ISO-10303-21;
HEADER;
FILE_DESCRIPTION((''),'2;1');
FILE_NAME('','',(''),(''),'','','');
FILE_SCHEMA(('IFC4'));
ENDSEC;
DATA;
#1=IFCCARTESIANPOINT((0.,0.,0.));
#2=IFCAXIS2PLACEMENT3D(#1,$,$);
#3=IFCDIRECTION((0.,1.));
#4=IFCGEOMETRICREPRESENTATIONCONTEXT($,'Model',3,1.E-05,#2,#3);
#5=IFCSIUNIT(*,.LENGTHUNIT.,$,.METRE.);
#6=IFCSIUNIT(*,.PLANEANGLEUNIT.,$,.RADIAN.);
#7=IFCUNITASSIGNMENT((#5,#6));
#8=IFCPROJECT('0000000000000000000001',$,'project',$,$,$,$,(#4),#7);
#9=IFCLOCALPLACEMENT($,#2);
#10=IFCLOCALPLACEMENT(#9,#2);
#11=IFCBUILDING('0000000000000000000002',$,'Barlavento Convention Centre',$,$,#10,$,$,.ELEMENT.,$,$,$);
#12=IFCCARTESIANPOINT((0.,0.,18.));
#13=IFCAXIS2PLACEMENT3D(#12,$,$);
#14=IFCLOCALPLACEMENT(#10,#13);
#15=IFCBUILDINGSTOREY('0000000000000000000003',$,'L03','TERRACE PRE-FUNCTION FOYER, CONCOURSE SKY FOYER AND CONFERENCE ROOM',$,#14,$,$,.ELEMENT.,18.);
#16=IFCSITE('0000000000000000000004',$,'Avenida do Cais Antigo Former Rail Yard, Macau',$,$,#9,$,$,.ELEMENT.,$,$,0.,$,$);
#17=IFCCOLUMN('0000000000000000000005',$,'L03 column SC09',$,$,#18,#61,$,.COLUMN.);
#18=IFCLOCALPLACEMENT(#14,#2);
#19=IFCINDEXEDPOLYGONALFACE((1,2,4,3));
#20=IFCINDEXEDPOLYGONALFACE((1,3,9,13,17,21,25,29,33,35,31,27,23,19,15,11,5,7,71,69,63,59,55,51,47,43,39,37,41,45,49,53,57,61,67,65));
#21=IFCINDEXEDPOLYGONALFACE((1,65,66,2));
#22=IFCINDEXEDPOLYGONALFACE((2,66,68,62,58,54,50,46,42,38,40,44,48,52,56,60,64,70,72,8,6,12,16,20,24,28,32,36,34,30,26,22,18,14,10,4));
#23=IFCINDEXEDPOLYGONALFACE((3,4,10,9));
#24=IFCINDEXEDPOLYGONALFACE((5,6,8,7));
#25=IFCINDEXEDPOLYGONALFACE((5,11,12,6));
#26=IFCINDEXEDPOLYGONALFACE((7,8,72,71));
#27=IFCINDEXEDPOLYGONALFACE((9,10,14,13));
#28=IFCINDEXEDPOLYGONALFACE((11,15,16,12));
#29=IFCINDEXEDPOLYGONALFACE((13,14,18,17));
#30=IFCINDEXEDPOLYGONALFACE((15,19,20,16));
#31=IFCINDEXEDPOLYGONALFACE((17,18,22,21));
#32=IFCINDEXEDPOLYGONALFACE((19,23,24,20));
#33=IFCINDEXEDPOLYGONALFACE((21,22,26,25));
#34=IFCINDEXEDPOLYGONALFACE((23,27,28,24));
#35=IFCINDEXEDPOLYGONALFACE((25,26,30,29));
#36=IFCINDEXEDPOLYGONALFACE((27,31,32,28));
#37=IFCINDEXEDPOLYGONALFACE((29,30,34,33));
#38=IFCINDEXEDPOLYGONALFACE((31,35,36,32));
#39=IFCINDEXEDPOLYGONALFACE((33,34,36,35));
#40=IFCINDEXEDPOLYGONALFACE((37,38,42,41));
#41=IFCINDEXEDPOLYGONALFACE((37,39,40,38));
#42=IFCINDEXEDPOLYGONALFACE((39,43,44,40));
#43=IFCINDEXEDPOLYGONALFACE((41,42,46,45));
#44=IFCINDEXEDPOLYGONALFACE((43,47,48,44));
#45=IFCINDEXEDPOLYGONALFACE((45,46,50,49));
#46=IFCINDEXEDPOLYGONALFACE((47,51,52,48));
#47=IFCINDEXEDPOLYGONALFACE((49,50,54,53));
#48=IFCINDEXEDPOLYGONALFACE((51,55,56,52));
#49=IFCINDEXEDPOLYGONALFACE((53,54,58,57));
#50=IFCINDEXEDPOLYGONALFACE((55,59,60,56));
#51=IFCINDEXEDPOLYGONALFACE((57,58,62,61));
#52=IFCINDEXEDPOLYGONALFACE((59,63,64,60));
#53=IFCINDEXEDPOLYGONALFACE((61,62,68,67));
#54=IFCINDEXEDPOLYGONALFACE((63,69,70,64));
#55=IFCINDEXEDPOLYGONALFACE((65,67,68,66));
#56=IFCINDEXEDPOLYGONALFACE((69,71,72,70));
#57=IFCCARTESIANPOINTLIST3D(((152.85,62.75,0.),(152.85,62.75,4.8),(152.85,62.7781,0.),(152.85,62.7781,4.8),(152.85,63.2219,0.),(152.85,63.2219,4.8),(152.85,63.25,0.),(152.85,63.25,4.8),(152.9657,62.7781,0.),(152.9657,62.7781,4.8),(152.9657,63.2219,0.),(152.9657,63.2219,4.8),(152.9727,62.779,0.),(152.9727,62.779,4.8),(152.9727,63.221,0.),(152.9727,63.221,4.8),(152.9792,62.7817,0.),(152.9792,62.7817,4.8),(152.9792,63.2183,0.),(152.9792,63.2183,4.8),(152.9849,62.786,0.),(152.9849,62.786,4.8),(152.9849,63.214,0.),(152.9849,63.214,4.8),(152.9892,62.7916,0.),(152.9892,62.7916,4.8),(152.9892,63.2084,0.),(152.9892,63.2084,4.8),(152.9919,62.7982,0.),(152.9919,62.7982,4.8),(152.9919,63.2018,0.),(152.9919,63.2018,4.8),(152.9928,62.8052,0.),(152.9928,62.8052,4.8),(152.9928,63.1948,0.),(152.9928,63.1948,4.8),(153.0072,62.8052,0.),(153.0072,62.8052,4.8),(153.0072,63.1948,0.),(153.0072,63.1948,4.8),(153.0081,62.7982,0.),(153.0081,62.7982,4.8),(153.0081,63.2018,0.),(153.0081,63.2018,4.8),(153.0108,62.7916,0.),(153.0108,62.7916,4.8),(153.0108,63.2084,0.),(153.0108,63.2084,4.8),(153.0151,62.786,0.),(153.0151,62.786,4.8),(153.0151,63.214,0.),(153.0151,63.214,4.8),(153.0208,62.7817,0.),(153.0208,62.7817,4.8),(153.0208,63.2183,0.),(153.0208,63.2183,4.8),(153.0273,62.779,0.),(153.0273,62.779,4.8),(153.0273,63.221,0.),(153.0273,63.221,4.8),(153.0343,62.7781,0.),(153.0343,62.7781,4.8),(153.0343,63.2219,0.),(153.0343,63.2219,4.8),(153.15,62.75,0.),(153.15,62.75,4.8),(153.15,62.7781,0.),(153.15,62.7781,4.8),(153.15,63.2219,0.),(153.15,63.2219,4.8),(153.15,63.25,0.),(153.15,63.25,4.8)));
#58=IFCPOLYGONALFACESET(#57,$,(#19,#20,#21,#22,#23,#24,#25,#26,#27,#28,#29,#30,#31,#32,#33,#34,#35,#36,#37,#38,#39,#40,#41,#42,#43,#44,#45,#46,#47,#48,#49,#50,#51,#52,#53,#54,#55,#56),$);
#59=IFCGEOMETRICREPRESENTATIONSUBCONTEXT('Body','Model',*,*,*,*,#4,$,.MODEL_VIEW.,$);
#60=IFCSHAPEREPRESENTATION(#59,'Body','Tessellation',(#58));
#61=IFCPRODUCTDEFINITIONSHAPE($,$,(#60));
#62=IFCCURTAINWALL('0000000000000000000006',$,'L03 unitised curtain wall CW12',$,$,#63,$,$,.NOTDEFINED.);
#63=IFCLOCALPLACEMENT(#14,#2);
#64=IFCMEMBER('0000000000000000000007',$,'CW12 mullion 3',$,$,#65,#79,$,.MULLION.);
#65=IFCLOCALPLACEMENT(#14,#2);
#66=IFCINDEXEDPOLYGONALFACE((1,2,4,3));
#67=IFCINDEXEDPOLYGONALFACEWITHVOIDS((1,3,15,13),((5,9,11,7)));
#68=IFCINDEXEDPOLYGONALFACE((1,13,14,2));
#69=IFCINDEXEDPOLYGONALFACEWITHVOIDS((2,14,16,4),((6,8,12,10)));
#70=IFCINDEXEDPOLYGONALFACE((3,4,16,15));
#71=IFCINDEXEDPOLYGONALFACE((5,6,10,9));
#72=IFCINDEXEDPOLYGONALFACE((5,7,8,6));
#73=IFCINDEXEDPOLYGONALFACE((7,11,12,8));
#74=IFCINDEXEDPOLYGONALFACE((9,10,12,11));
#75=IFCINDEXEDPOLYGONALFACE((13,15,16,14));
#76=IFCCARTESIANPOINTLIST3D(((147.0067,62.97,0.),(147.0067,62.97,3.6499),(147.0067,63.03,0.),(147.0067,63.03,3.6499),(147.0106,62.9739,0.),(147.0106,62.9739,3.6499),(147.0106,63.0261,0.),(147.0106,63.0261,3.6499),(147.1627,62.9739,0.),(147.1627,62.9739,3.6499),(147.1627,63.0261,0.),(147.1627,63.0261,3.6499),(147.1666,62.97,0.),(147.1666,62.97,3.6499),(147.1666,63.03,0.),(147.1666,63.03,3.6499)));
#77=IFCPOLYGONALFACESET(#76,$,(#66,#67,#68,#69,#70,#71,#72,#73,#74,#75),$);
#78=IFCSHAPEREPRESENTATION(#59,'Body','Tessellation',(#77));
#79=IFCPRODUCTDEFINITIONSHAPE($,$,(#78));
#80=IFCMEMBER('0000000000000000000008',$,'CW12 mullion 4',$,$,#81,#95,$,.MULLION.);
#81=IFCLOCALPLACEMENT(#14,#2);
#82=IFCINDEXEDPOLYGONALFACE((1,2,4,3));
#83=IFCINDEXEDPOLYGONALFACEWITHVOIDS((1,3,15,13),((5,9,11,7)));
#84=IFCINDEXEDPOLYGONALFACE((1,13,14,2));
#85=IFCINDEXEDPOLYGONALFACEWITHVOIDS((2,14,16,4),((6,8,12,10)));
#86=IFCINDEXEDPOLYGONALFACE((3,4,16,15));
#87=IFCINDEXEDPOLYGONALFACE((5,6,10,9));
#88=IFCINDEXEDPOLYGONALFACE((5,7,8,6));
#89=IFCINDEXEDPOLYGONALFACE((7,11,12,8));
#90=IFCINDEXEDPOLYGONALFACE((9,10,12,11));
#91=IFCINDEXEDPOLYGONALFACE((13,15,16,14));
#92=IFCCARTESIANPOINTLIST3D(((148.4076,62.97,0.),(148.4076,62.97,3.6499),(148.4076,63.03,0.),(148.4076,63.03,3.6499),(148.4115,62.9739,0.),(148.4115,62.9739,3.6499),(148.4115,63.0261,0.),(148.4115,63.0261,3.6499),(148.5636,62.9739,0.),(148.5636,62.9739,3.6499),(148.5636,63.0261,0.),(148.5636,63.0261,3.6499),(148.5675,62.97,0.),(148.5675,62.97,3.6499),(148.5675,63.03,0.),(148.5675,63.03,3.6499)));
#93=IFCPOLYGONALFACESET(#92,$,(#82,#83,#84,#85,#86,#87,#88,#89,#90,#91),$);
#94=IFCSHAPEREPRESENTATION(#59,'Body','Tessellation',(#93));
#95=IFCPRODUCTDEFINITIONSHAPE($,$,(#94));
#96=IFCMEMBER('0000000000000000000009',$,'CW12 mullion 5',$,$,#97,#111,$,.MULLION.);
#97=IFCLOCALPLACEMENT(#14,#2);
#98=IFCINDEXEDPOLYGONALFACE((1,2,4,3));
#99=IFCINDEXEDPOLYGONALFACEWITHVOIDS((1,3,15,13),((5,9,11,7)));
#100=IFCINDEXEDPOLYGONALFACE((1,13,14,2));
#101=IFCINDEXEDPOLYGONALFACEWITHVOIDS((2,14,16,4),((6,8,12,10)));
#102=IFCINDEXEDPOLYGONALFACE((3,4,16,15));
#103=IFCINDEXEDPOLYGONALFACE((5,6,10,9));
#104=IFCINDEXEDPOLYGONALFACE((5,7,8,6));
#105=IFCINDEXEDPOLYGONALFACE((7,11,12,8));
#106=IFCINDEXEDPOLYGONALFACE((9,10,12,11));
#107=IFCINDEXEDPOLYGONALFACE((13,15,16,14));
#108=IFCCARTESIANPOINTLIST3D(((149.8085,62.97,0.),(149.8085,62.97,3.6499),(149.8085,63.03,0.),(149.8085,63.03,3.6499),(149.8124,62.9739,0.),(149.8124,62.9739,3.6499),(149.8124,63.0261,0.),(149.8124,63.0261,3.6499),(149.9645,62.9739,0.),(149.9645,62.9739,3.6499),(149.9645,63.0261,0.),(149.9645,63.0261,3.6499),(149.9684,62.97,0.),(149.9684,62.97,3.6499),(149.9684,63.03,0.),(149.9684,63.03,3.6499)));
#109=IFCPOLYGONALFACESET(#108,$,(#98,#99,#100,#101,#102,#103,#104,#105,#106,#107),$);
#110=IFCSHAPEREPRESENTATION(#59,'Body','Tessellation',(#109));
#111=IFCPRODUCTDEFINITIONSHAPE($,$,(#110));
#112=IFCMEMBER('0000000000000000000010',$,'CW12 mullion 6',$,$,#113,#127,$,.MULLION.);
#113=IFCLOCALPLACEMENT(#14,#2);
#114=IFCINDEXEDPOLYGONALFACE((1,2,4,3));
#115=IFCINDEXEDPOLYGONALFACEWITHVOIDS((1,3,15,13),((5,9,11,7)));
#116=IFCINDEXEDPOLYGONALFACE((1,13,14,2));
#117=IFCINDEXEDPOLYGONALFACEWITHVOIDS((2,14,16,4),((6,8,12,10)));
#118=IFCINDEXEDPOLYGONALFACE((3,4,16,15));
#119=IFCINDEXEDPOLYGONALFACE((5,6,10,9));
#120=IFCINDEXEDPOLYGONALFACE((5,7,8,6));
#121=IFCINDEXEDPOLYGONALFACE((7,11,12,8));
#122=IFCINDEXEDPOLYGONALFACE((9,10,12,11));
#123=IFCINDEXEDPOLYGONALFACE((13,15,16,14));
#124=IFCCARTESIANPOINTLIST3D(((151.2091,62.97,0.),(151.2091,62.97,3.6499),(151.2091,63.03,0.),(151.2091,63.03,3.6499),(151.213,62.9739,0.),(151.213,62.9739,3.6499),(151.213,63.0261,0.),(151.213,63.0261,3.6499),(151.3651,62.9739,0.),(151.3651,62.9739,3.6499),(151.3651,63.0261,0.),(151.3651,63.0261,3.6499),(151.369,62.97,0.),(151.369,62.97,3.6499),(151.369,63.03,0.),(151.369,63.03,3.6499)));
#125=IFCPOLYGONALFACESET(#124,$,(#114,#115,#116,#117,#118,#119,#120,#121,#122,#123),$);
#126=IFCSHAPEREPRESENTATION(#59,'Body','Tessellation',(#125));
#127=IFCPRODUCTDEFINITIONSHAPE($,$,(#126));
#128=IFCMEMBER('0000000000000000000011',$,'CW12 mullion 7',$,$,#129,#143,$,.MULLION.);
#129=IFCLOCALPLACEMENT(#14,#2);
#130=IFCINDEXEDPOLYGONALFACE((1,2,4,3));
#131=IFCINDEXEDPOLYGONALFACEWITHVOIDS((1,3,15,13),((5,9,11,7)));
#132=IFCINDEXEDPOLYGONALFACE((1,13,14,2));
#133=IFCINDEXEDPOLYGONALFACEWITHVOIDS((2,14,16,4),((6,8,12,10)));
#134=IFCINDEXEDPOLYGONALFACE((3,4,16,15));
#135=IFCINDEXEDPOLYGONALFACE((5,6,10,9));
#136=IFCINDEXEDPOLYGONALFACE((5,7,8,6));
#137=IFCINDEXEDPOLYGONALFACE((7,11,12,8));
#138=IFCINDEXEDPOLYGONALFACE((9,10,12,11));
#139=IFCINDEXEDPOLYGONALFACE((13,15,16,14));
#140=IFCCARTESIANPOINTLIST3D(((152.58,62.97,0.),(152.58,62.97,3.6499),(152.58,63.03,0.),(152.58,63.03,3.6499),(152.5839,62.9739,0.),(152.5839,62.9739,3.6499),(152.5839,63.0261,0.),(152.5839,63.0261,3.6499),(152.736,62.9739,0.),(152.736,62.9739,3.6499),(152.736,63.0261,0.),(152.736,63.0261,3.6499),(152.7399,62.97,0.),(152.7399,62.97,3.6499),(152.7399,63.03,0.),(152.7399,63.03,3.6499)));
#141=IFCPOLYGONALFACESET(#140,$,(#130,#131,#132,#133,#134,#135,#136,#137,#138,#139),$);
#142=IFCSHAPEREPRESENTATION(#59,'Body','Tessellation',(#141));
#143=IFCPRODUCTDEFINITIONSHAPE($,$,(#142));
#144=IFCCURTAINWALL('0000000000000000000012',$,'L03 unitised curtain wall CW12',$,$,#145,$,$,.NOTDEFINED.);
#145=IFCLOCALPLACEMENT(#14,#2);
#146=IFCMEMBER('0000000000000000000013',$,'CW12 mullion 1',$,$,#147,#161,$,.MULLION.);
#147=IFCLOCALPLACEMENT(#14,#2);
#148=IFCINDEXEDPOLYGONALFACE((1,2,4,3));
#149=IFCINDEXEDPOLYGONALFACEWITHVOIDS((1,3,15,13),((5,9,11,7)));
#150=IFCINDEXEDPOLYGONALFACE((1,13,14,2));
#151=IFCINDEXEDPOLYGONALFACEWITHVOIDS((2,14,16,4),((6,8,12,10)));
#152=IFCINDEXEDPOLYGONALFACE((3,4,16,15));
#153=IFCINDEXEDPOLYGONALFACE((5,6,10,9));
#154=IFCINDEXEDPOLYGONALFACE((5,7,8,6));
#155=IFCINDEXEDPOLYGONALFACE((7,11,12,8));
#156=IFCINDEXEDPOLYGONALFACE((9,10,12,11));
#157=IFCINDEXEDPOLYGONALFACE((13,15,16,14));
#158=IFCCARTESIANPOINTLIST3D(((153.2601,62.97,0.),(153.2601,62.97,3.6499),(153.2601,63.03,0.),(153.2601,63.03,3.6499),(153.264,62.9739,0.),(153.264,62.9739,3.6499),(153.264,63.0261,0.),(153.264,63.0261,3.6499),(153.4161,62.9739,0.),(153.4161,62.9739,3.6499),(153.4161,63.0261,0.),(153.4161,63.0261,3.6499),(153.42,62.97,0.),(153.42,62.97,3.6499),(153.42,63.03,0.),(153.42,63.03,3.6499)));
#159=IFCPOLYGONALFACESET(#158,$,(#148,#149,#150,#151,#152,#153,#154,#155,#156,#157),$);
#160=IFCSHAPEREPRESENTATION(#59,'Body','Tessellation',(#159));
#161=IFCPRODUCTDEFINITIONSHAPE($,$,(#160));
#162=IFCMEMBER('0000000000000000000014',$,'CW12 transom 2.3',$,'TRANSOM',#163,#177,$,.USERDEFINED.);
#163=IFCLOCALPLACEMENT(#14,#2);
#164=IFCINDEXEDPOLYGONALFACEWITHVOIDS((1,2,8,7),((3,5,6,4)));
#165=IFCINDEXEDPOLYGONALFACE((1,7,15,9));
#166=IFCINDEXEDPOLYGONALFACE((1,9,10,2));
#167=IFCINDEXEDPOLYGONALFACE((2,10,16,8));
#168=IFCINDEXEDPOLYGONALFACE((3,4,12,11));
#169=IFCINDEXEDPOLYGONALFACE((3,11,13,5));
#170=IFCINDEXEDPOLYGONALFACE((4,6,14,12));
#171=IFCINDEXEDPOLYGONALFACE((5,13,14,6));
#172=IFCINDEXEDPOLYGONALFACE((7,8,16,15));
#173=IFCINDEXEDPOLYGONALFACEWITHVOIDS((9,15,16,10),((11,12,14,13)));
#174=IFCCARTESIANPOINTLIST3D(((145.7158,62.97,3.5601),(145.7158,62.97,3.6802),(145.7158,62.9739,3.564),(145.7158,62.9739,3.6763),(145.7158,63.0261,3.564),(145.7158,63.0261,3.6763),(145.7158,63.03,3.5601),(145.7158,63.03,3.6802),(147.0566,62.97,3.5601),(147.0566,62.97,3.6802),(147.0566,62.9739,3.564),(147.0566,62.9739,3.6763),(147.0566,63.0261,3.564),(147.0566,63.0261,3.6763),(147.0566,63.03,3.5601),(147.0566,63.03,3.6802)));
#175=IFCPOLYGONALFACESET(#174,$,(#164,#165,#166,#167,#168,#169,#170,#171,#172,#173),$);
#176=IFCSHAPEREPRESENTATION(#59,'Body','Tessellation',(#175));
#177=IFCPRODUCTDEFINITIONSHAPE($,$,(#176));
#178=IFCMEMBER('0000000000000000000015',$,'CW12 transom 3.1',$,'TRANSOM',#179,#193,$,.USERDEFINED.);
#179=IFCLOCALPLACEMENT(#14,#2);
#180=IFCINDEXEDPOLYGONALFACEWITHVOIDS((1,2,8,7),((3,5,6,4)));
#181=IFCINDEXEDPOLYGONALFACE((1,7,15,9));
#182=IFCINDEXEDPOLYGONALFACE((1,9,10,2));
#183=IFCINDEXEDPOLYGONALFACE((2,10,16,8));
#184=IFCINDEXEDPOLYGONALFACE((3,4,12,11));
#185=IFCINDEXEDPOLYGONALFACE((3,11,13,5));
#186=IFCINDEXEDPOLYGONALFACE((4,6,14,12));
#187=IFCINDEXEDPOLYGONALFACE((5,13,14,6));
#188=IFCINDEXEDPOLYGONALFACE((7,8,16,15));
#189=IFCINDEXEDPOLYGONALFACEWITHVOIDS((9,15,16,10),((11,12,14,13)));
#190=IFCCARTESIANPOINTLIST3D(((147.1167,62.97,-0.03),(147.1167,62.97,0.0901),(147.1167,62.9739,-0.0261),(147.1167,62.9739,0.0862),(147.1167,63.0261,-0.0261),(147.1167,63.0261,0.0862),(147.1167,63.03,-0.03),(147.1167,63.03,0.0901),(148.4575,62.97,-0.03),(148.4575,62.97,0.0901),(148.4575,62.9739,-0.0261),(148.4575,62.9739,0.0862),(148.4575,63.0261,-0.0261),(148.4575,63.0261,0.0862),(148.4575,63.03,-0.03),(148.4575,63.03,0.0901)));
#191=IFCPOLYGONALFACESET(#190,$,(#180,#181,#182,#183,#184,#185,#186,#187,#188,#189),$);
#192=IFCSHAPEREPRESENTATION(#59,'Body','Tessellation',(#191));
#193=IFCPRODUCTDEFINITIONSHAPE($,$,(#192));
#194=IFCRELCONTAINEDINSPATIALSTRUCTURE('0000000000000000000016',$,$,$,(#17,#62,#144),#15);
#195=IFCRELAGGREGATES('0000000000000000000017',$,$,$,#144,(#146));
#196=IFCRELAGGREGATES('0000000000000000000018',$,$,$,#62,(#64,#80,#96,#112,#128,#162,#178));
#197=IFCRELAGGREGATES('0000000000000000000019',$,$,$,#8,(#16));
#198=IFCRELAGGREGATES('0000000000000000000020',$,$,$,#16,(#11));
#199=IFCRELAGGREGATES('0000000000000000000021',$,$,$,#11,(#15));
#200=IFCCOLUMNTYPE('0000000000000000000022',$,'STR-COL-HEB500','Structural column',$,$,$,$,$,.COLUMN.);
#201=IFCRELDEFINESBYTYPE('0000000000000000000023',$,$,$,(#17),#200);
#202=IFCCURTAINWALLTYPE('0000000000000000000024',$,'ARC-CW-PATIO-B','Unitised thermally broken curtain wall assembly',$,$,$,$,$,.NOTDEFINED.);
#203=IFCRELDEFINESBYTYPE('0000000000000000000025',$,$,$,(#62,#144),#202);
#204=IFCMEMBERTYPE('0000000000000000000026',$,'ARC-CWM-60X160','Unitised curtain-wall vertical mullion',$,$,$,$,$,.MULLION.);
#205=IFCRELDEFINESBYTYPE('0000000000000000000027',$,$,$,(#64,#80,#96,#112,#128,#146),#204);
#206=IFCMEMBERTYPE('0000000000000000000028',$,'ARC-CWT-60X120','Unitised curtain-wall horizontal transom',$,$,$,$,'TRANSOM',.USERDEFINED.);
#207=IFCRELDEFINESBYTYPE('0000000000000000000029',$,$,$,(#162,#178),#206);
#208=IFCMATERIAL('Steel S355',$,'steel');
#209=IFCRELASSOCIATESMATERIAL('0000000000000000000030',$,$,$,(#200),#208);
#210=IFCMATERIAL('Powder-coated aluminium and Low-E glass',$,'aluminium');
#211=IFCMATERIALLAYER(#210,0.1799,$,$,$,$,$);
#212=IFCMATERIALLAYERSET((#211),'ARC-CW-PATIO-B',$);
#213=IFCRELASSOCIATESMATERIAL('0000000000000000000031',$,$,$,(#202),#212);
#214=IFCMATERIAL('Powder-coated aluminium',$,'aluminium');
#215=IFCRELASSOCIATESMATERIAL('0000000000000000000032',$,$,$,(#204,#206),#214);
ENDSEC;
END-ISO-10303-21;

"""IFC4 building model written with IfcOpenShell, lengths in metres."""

from ifc_helpers import new_model, si_unit, direction, frame, origin, origin_2d, place, context, subcontext, project, spatial, hollow_rectangle, i_section, extrude, material, layer, layer_set, material_profile, profile_set, type_object, element, aggregate, save


model = new_model("IFC4")

# Units and contexts
model_context = context("Model", 3, precision=1e-05, world=origin(), true_north=direction((0.0, 1.0)))
body_context = subcontext(model_context, "Body", "Model", "MODEL_VIEW")
ifc_project = project(units=[si_unit("LENGTHUNIT", "METRE"), si_unit("PLANEANGLEUNIT", "RADIAN")], contexts=[model_context])

# Site, building, storey
site_placement = place(None, origin())
site = spatial("IfcSite", under=ifc_project, at=site_placement, Name="Avenida do Cais Antigo Former Rail Yard, Macau", CompositionType="ELEMENT", RefElevation=0.0)
building_placement = place(site_placement, origin())
building = spatial("IfcBuilding", under=site, at=building_placement, Name="Barlavento Convention Centre", CompositionType="ELEMENT")
storey_placement = place(building_placement, frame((0.0, 0.0, 18.0)))
storey = spatial("IfcBuildingStorey", under=building, at=storey_placement, Name="L03", Description="TERRACE PRE-FUNCTION FOYER, CONCOURSE SKY FOYER AND CONFERENCE ROOM", CompositionType="ELEMENT", Elevation=18.0)

# Column
ifc_material_1 = material(Name="Steel S355", Category="steel")
ifc_material_profile_1 = material_profile(ifc_material_1, i_section(OverallWidth=0.3, OverallDepth=0.5, WebThickness=0.0144, FlangeThickness=0.0281, FilletRadius=0.0271, at=origin_2d()), Name="HEB 500")
ifc_profile_set_1 = profile_set([ifc_material_profile_1], Name="Steel S355")
column_type = type_object("IfcColumnType", Name="STR-COL-HEB500", Description="Structural column", PredefinedType="COLUMN", material=ifc_profile_set_1)
column_placement = place(storey_placement, frame((153.0, 63.0, 0.0), z_axis=(0.0, 0.0, 1.0), x_axis=(1.0, 0.0, 0.0)))
element("IfcColumn", 1, at=column_placement, inside=storey, type_object=column_type, Name="L03 column SC09", PredefinedType="COLUMN", context=body_context, shape_type="SweptSolid", body=[
    extrude(i_section(OverallWidth=0.3, OverallDepth=0.5, WebThickness=0.0144, FlangeThickness=0.0281, FilletRadius=0.0271, at=origin_2d()), origin(), (0.0, 0.0, 1.0), 4.8),
])

# Curtain wall, members
ifc_material_2 = material(Name="Powder-coated aluminium and Low-E glass", Category="aluminium")
ifc_layer_1 = layer(ifc_material_2, 0.1799)
ifc_layer_set_1 = layer_set([ifc_layer_1], Name="ARC-CW-PATIO-B")
curtain_wall_type = type_object("IfcCurtainWallType", Name="ARC-CW-PATIO-B", Description="Unitised thermally broken curtain wall assembly", PredefinedType="NOTDEFINED", material=ifc_layer_set_1)
curtain_wall_1_placement = place(storey_placement, origin())
curtain_wall_1 = element("IfcCurtainWall", 2, at=curtain_wall_1_placement, inside=storey, type_object=curtain_wall_type, Name="L03 unitised curtain wall CW12", PredefinedType="NOTDEFINED")
ifc_material_3 = material(Name="Powder-coated aluminium", Category="aluminium")
ifc_material_profile_2 = material_profile(ifc_material_3, hollow_rectangle(XDim=0.0601, YDim=0.1599, WallThickness=0.0039, at=origin_2d()), Name="AL-MULL 60x160x4")
ifc_profile_set_2 = profile_set([ifc_material_profile_2], Name="Powder-coated aluminium")
member_type_1 = type_object("IfcMemberType", Name="ARC-CWM-60X160", Description="Unitised curtain-wall vertical mullion", PredefinedType="MULLION", material=ifc_profile_set_2)
member_1_placement = place(storey_placement, frame((147.0867, 63.0, 0.0), z_axis=(0.0, 0.0, 1.0), x_axis=(0.0, 1.0, 0.0)))
member_1 = element("IfcMember", 3, at=member_1_placement, type_object=member_type_1, Name="CW12 mullion 3", PredefinedType="MULLION", context=body_context, shape_type="SweptSolid", body=[
    extrude(hollow_rectangle(XDim=0.0601, YDim=0.1599, WallThickness=0.0039, at=origin_2d()), origin(), (0.0, 0.0, 1.0), 3.6499),
])
member_2_placement = place(storey_placement, frame((148.4875, 63.0, 0.0), z_axis=(0.0, 0.0, 1.0), x_axis=(0.0, 1.0, 0.0)))
member_2 = element("IfcMember", 4, at=member_2_placement, type_object=member_type_1, Name="CW12 mullion 4", PredefinedType="MULLION", context=body_context, shape_type="SweptSolid", body=[
    extrude(hollow_rectangle(XDim=0.0601, YDim=0.1599, WallThickness=0.0039, at=origin_2d()), origin(), (0.0, 0.0, 1.0), 3.6499),
])
member_3_placement = place(storey_placement, frame((149.8884, 63.0, 0.0), z_axis=(0.0, 0.0, 1.0), x_axis=(0.0, 1.0, 0.0)))
member_3 = element("IfcMember", 5, at=member_3_placement, type_object=member_type_1, Name="CW12 mullion 5", PredefinedType="MULLION", context=body_context, shape_type="SweptSolid", body=[
    extrude(hollow_rectangle(XDim=0.0601, YDim=0.1599, WallThickness=0.0039, at=origin_2d()), origin(), (0.0, 0.0, 1.0), 3.6499),
])
member_4_placement = place(storey_placement, frame((151.2891, 63.0, 0.0), z_axis=(0.0, 0.0, 1.0), x_axis=(0.0, 1.0, 0.0)))
member_4 = element("IfcMember", 6, at=member_4_placement, type_object=member_type_1, Name="CW12 mullion 6", PredefinedType="MULLION", context=body_context, shape_type="SweptSolid", body=[
    extrude(hollow_rectangle(XDim=0.0601, YDim=0.1599, WallThickness=0.0039, at=origin_2d()), origin(), (0.0, 0.0, 1.0), 3.6499),
])
member_5_placement = place(storey_placement, frame((152.6599, 63.0, 0.0), z_axis=(0.0, 0.0, 1.0), x_axis=(0.0, 1.0, 0.0)))
member_5 = element("IfcMember", 7, at=member_5_placement, type_object=member_type_1, Name="CW12 mullion 7", PredefinedType="MULLION", context=body_context, shape_type="SweptSolid", body=[
    extrude(hollow_rectangle(XDim=0.0601, YDim=0.1599, WallThickness=0.0039, at=origin_2d()), origin(), (0.0, 0.0, 1.0), 3.6499),
])

# Curtain wall, member
curtain_wall_2_placement = place(storey_placement, origin())
curtain_wall_2 = element("IfcCurtainWall", 8, at=curtain_wall_2_placement, inside=storey, type_object=curtain_wall_type, Name="L03 unitised curtain wall CW12", PredefinedType="NOTDEFINED")
member_6_placement = place(storey_placement, frame((153.3401, 63.0, 0.0), z_axis=(0.0, 0.0, 1.0), x_axis=(0.0, 1.0, 0.0)))
member_6 = element("IfcMember", 9, at=member_6_placement, type_object=member_type_1, Name="CW12 mullion 1", PredefinedType="MULLION", context=body_context, shape_type="SweptSolid", body=[
    extrude(hollow_rectangle(XDim=0.0601, YDim=0.1599, WallThickness=0.0039, at=origin_2d()), origin(), (0.0, 0.0, 1.0), 3.6499),
])

# Members
ifc_material_profile_3 = material_profile(ifc_material_3, hollow_rectangle(XDim=0.0601, YDim=0.1201, WallThickness=0.0039, at=origin_2d()), Name="AL-TRAN 60x120x4")
ifc_profile_set_3 = profile_set([ifc_material_profile_3], Name="Powder-coated aluminium")
member_type_2 = type_object("IfcMemberType", Name="ARC-CWT-60X120", Description="Unitised curtain-wall horizontal transom", ElementType="TRANSOM", PredefinedType="USERDEFINED", material=ifc_profile_set_3)
member_7_placement = place(storey_placement, frame((145.7158, 63.0, 3.6201), z_axis=(1.0, 0.0, 0.0), x_axis=(0.0, 1.0, 0.0)))
member_7 = element("IfcMember", 10, at=member_7_placement, type_object=member_type_2, Name="CW12 transom 2.3", ObjectType="TRANSOM", PredefinedType="USERDEFINED", context=body_context, shape_type="SweptSolid", body=[
    extrude(hollow_rectangle(XDim=0.0601, YDim=0.1201, WallThickness=0.0039, at=origin_2d()), origin(), (0.0, 0.0, 1.0), 1.3408),
])
member_8_placement = place(storey_placement, frame((147.1167, 63.0, 0.03), z_axis=(1.0, 0.0, 0.0), x_axis=(0.0, 1.0, 0.0)))
member_8 = element("IfcMember", 11, at=member_8_placement, type_object=member_type_2, Name="CW12 transom 3.1", ObjectType="TRANSOM", PredefinedType="USERDEFINED", context=body_context, shape_type="SweptSolid", body=[
    extrude(hollow_rectangle(XDim=0.0601, YDim=0.1201, WallThickness=0.0039, at=origin_2d()), origin(), (0.0, 0.0, 1.0), 1.3408),
])
aggregate(curtain_wall_2, [member_6])

aggregate(curtain_wall_1, [member_1, member_2, member_3, member_4, member_5, member_7, member_8])

save(model, "model.ifc")
